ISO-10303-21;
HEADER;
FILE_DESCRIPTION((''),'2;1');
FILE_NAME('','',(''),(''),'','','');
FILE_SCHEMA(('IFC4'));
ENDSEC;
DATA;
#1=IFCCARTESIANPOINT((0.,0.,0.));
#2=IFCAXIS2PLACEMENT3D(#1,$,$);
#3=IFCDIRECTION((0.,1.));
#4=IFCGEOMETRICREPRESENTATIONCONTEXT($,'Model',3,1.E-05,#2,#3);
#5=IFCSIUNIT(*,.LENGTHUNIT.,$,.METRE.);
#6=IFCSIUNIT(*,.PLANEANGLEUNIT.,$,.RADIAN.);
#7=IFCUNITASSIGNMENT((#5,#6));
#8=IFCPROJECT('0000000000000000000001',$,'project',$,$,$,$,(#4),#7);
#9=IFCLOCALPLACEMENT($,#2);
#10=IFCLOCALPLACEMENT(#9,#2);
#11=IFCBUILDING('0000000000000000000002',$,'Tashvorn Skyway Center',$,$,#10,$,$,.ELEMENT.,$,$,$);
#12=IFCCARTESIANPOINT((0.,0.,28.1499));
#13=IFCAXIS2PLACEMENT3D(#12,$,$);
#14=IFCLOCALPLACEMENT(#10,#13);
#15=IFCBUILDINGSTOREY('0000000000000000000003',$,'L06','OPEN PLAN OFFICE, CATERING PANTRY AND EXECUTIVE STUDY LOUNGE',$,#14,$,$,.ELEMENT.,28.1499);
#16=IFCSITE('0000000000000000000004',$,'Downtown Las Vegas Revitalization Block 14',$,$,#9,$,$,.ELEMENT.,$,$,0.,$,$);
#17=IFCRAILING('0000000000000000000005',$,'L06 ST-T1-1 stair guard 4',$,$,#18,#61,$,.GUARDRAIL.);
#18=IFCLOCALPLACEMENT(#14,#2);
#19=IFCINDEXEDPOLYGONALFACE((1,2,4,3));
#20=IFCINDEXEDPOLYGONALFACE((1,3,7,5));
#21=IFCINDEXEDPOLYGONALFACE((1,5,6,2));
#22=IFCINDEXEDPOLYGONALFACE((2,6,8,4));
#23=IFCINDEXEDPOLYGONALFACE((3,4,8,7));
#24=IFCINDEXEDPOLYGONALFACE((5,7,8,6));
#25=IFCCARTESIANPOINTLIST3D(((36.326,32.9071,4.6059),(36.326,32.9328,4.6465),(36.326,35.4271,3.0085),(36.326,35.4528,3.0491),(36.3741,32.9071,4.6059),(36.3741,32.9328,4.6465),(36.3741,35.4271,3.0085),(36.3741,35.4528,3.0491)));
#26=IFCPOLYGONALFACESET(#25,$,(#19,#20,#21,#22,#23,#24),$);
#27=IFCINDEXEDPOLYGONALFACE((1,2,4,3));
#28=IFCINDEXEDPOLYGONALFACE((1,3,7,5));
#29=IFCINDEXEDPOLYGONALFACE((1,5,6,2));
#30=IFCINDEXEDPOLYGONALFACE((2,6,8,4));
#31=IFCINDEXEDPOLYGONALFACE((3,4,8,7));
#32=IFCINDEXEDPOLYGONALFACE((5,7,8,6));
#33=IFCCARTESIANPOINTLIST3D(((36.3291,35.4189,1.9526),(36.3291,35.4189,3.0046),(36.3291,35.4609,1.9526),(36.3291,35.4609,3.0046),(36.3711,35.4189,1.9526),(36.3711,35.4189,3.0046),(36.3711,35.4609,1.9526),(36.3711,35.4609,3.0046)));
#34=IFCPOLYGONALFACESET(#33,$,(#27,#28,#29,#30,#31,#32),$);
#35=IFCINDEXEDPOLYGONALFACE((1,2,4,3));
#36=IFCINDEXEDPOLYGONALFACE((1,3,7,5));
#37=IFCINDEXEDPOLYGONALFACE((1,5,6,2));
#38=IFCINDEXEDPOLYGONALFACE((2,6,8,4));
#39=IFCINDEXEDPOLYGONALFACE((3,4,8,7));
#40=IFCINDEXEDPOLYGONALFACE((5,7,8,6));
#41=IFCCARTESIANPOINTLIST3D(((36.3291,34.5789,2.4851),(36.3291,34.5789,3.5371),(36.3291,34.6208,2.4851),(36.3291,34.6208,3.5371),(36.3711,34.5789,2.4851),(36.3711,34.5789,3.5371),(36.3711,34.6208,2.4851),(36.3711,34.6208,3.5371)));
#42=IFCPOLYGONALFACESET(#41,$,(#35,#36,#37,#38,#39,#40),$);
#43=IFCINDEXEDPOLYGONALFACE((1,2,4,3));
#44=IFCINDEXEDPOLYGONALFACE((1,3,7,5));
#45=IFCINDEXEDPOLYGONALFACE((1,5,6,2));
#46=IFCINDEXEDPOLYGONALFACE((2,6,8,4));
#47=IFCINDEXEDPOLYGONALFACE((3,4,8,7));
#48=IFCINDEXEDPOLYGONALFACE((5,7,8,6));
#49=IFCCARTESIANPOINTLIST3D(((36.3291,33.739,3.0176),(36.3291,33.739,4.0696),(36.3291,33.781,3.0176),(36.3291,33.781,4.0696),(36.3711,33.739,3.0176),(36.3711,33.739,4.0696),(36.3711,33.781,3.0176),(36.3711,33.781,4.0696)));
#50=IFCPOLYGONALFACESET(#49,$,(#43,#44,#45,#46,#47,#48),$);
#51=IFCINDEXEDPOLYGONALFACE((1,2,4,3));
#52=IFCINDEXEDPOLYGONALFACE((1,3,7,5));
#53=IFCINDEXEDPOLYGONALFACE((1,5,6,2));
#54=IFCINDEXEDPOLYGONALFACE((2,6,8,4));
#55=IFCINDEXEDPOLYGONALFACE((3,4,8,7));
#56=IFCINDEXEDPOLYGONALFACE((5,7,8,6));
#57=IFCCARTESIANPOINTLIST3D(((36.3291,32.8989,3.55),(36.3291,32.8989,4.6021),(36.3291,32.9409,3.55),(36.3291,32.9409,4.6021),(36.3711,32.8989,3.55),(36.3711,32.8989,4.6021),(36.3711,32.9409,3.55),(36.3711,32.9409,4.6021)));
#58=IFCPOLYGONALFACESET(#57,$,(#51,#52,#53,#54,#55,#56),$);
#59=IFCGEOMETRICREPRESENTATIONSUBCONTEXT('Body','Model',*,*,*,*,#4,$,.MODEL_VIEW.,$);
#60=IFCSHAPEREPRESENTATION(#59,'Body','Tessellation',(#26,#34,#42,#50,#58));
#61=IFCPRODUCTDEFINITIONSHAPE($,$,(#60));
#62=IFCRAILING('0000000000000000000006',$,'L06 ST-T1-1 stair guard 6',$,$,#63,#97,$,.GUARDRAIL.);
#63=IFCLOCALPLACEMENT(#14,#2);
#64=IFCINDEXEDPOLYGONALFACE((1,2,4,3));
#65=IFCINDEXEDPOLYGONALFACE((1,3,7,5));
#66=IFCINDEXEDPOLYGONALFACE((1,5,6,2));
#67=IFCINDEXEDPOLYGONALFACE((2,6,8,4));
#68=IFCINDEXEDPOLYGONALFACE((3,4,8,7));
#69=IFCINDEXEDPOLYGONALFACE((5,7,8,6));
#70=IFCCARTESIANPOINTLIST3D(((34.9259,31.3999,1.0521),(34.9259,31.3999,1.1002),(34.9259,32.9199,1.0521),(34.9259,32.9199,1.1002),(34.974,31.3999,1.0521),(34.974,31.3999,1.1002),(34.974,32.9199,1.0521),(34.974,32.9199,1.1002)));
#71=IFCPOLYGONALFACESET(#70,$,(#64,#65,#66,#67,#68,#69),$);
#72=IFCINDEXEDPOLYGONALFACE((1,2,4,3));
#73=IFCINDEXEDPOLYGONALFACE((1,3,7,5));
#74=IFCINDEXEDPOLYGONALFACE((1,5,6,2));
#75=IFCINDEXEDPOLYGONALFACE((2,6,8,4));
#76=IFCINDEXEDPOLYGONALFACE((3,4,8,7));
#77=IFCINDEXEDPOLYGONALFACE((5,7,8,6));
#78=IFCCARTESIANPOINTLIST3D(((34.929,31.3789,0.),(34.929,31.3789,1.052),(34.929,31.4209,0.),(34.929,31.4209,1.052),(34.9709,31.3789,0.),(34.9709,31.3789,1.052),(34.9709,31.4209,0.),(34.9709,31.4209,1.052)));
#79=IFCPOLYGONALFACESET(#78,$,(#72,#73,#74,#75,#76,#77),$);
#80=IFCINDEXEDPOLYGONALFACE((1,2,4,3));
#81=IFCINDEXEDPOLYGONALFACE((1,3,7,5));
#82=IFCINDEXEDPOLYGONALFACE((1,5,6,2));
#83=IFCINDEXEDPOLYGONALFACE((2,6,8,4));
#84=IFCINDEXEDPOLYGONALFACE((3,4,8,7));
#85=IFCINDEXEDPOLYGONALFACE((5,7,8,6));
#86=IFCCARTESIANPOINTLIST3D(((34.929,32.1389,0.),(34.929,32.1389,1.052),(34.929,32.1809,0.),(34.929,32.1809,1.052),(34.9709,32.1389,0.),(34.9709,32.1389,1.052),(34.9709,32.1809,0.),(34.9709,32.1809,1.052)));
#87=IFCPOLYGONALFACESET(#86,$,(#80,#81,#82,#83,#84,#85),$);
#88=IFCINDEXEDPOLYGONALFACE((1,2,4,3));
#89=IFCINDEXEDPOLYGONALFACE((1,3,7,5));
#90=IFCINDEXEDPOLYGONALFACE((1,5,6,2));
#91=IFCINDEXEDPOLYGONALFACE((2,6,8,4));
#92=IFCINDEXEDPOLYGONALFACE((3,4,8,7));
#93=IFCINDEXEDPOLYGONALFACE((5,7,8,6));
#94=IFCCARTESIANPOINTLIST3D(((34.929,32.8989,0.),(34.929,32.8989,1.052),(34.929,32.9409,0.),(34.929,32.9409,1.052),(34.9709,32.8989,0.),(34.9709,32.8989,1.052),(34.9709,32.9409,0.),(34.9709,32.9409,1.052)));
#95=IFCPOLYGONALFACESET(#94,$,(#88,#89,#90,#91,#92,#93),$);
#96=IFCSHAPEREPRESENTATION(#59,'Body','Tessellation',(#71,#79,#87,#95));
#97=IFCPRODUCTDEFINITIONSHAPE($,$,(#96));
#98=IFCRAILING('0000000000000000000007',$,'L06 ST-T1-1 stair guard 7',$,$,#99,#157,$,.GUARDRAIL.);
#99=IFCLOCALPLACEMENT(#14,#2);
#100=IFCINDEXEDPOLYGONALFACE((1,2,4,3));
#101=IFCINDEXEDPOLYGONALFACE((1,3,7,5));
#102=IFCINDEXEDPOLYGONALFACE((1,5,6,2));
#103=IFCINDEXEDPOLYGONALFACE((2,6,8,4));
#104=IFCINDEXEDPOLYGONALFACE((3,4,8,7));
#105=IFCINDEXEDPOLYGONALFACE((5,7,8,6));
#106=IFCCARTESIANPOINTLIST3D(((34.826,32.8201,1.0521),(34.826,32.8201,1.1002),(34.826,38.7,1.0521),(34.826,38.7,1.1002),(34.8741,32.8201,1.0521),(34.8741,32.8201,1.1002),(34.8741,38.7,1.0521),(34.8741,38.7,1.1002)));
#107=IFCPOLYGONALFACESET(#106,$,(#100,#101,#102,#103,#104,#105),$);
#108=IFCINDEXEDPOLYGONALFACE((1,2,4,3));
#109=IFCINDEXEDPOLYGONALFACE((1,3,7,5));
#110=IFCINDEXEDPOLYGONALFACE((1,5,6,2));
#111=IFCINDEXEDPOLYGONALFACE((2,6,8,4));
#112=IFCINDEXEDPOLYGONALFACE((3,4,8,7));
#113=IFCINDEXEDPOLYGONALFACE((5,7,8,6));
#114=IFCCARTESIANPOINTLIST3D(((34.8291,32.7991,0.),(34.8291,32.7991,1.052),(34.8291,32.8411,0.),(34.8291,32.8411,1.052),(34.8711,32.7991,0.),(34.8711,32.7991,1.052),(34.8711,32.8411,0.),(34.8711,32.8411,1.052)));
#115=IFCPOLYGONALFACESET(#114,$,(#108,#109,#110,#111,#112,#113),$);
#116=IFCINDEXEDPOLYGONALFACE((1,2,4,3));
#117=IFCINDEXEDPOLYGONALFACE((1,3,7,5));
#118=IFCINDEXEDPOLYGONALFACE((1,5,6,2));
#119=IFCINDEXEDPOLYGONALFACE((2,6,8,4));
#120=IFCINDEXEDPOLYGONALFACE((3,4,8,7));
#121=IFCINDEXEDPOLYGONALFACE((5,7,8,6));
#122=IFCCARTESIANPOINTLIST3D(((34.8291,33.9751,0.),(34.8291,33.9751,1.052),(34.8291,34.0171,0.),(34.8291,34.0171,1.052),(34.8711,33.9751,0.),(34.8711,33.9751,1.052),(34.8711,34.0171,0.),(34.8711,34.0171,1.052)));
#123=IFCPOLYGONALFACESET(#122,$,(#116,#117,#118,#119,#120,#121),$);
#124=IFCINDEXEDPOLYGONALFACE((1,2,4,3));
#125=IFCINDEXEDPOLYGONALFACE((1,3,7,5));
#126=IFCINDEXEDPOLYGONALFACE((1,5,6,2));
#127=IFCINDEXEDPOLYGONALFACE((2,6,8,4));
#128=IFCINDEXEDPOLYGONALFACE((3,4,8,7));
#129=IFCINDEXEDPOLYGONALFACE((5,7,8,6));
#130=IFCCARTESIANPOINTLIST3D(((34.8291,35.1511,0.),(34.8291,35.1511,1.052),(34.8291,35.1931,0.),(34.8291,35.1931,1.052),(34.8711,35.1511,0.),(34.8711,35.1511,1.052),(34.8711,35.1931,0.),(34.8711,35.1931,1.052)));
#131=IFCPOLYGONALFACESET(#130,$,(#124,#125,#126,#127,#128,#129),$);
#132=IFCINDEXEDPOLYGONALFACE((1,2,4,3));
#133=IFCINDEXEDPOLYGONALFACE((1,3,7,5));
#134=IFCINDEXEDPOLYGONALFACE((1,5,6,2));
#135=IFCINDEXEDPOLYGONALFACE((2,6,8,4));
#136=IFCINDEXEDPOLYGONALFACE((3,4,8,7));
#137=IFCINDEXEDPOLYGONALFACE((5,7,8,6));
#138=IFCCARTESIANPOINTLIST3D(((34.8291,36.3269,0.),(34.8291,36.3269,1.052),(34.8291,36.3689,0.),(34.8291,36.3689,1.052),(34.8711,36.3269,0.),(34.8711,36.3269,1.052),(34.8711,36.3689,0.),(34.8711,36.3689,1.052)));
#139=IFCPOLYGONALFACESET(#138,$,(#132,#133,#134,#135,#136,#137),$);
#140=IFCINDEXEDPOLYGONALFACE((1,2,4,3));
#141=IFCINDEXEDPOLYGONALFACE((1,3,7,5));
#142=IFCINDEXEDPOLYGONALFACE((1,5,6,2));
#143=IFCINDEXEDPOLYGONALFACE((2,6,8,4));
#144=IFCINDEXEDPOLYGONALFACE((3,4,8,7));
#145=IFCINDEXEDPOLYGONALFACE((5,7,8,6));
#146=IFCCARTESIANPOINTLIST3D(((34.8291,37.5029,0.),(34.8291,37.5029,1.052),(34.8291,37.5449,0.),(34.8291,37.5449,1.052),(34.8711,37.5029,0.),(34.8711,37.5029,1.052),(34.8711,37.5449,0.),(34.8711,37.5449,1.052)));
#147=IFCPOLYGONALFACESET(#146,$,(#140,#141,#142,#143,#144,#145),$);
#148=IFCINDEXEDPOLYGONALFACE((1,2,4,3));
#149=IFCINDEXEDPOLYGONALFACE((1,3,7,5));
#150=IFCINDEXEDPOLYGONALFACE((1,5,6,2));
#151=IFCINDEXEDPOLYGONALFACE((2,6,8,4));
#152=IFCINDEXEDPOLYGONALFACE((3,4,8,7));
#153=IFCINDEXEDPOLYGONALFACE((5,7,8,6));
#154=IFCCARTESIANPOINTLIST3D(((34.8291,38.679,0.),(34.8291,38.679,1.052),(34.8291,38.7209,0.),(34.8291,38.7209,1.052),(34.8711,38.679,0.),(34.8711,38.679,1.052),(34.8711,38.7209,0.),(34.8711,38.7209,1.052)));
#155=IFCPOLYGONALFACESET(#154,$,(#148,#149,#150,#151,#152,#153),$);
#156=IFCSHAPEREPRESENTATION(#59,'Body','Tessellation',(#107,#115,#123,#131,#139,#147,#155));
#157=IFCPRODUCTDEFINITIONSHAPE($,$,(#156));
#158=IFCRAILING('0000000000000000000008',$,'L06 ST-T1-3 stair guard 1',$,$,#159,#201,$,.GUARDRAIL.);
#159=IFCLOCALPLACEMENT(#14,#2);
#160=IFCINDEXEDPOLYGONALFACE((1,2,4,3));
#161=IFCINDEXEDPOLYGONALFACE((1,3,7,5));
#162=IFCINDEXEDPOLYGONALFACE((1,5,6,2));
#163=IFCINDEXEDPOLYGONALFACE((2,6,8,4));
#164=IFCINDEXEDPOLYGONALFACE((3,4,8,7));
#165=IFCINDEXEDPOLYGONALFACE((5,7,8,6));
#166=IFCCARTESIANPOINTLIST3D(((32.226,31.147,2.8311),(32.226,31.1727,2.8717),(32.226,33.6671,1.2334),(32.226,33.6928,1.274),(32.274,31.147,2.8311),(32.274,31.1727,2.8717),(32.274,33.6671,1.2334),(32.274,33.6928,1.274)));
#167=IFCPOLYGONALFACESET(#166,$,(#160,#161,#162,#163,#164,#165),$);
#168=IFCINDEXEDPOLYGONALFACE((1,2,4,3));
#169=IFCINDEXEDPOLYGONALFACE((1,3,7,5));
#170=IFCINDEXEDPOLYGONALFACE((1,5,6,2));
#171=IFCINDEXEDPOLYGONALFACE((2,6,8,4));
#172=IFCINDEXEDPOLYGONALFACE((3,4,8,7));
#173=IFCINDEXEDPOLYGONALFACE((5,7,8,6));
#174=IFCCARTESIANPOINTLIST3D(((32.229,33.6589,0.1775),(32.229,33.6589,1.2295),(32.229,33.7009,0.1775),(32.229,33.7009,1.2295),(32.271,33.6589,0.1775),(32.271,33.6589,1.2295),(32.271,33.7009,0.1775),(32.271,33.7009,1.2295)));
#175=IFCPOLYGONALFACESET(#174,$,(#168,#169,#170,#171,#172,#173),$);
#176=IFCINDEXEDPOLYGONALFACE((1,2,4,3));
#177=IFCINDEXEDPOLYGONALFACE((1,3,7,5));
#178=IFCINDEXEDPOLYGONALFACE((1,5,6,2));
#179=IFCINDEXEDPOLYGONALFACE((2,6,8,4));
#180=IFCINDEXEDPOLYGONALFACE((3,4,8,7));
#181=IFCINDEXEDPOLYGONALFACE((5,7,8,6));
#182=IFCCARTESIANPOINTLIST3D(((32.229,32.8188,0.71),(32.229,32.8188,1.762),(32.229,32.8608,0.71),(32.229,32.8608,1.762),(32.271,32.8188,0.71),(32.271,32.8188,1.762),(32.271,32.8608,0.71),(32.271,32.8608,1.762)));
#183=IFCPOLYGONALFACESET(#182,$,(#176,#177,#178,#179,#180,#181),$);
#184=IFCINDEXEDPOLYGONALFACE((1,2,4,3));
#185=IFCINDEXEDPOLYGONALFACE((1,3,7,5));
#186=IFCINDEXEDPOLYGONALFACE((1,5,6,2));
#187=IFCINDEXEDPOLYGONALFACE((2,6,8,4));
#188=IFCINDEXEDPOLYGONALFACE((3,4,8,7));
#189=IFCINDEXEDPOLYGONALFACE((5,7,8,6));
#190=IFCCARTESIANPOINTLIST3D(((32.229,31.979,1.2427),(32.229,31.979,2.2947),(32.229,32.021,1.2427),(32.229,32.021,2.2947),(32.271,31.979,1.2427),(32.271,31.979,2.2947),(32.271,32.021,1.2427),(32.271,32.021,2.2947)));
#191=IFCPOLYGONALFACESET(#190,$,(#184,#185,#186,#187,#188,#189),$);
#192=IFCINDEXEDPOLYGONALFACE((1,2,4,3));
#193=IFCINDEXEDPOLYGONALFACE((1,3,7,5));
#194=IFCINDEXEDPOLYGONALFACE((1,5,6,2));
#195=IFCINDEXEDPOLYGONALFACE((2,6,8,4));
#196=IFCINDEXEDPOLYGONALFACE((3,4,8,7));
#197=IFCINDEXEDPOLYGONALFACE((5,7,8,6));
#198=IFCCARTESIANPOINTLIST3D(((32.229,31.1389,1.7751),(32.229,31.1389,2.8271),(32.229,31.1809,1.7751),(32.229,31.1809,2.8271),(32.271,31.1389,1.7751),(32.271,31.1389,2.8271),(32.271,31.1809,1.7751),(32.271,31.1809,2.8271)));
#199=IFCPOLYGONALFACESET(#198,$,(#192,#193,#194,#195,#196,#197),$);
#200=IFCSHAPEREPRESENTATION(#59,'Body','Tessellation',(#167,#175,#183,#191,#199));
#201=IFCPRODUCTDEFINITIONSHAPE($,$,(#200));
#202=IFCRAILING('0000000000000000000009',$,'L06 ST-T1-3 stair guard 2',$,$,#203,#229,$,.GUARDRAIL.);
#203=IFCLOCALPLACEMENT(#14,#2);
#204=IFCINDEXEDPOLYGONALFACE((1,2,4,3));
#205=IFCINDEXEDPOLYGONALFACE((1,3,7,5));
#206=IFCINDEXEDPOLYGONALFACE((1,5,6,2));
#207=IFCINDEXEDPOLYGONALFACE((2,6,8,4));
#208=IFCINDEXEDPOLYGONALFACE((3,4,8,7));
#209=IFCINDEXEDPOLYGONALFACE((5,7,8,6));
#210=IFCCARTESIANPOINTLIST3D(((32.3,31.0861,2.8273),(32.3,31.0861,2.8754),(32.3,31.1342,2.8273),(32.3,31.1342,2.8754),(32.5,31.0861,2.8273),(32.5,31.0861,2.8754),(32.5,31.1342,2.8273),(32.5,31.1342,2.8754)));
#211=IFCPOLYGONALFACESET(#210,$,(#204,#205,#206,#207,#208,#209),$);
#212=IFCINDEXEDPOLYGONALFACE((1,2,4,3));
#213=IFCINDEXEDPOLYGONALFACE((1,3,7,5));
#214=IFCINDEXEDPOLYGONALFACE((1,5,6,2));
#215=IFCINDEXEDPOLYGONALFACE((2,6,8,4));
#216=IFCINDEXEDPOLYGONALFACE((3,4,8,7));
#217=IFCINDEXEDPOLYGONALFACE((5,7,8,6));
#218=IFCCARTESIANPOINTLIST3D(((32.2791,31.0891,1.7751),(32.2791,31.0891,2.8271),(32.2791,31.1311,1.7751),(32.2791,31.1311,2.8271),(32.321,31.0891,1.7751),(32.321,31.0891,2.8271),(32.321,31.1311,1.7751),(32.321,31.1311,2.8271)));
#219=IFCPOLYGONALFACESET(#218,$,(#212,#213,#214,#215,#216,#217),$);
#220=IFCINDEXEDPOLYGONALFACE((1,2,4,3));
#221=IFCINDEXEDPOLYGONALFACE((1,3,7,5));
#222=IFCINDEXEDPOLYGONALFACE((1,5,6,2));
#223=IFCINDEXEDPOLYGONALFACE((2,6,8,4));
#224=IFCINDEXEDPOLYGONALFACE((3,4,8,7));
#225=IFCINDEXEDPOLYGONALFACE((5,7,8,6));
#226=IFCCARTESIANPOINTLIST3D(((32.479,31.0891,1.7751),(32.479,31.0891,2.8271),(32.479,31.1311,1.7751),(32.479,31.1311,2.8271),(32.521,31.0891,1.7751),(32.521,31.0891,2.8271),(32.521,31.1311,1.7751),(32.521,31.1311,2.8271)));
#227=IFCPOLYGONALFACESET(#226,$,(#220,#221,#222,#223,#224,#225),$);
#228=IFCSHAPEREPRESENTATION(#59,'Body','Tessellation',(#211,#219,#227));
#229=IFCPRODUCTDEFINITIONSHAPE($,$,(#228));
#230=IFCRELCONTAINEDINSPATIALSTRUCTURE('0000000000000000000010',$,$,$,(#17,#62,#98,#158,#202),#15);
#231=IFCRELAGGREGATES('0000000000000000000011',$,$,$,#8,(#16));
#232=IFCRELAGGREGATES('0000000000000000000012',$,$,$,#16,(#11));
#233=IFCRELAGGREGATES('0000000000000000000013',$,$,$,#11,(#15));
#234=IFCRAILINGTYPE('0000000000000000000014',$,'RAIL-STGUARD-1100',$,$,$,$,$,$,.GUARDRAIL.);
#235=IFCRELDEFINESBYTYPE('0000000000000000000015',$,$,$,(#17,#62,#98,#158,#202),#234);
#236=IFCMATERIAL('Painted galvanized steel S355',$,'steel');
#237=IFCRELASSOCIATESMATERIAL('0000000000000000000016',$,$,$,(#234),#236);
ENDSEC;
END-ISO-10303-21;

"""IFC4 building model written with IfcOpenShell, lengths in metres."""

from ifc_helpers import new_model, si_unit, direction, frame, origin, origin_2d, place, context, subcontext, project, spatial, rectangle, extrude, material, type_object, element, save


model = new_model("IFC4")

# Units and contexts
model_context = context("Model", 3, precision=1e-05, world=origin(), true_north=direction((0.0, 1.0)))
body_context = subcontext(model_context, "Body", "Model", "MODEL_VIEW")
ifc_project = project(units=[si_unit("LENGTHUNIT", "METRE"), si_unit("PLANEANGLEUNIT", "RADIAN")], contexts=[model_context])

# Site, building, storey
site_placement = place(None, origin())
site = spatial("IfcSite", under=ifc_project, at=site_placement, Name="Downtown Las Vegas Revitalization Block 14", CompositionType="ELEMENT", RefElevation=0.0)
building_placement = place(site_placement, origin())
building = spatial("IfcBuilding", under=site, at=building_placement, Name="Tashvorn Skyway Center", CompositionType="ELEMENT")
storey_placement = place(building_placement, frame((0.0, 0.0, 28.1499)))
storey = spatial("IfcBuildingStorey", under=building, at=storey_placement, Name="L06", Description="OPEN PLAN OFFICE, CATERING PANTRY AND EXECUTIVE STUDY LOUNGE", CompositionType="ELEMENT", Elevation=28.1499)

# Railings
ifc_material_1 = material(Name="Painted galvanized steel S355", Category="steel")
railing_type_1 = type_object("IfcRailingType", Name="RAIL-STGUARD-1100", PredefinedType="GUARDRAIL", material=ifc_material_1)
railing_1_placement = place(storey_placement, frame((36.3501, 35.4399, 1.9526)))
element("IfcRailing", 1, at=railing_1_placement, inside=storey, type_object=railing_type_1, Name="L06 ST-T1-1 stair guard 4", PredefinedType="GUARDRAIL", context=body_context, shape_type="SweptSolid", body=[
    extrude(rectangle(XDim=0.0481, YDim=0.0481, at=origin_2d()), frame((0.0, 0.0, 1.0762), z_axis=(0.0, -0.844607, 0.535387), x_axis=(1.0, 0.0, 0.0)), (0.0, 0.0, 1.0), 2.9836),
    extrude(rectangle(XDim=0.042, YDim=0.042, at=origin_2d()), origin(), (0.0, 0.0, 1.0), 1.052),
    extrude(rectangle(XDim=0.042, YDim=0.042, at=origin_2d()), frame((0.0, -0.8401, 0.5325)), (0.0, 0.0, 1.0), 1.052),
    extrude(rectangle(XDim=0.042, YDim=0.042, at=origin_2d()), frame((0.0, -1.6799, 1.0649)), (0.0, 0.0, 1.0), 1.052),
    extrude(rectangle(XDim=0.042, YDim=0.042, at=origin_2d()), frame((0.0, -2.52, 1.5974)), (0.0, 0.0, 1.0), 1.052),
])
railing_2_placement = place(storey_placement, frame((34.95, 31.3999, 0.0)))
element("IfcRailing", 2, at=railing_2_placement, inside=storey, type_object=railing_type_1, Name="L06 ST-T1-1 stair guard 6", PredefinedType="GUARDRAIL", context=body_context, shape_type="SweptSolid", body=[
    extrude(rectangle(XDim=0.0481, YDim=0.0481, at=origin_2d()), frame((0.0, 0.0, 1.0762), z_axis=(0.0, 1.0, 0.0), x_axis=(-1.0, 0.0, 0.0)), (0.0, 0.0, 1.0), 1.52),
    extrude(rectangle(XDim=0.042, YDim=0.042, at=origin_2d()), origin(), (0.0, 0.0, 1.0), 1.052),
    extrude(rectangle(XDim=0.042, YDim=0.042, at=origin_2d()), frame((0.0, 0.76, 0.0)), (0.0, 0.0, 1.0), 1.052),
    extrude(rectangle(XDim=0.042, YDim=0.042, at=origin_2d()), frame((0.0, 1.52, 0.0)), (0.0, 0.0, 1.0), 1.052),
])
railing_3_placement = place(storey_placement, frame((34.8501, 32.8201, 0.0)))
element("IfcRailing", 3, at=railing_3_placement, inside=storey, type_object=railing_type_1, Name="L06 ST-T1-1 stair guard 7", PredefinedType="GUARDRAIL", context=body_context, shape_type="SweptSolid", body=[
    extrude(rectangle(XDim=0.0481, YDim=0.0481, at=origin_2d()), frame((0.0, 0.0, 1.0762), z_axis=(0.0, 1.0, 0.0), x_axis=(-1.0, 0.0, 0.0)), (0.0, 0.0, 1.0), 5.8799),
    extrude(rectangle(XDim=0.042, YDim=0.042, at=origin_2d()), origin(), (0.0, 0.0, 1.0), 1.052),
    extrude(rectangle(XDim=0.042, YDim=0.042, at=origin_2d()), frame((0.0, 1.176, 0.0)), (0.0, 0.0, 1.0), 1.052),
    extrude(rectangle(XDim=0.042, YDim=0.042, at=origin_2d()), frame((0.0, 2.3521, 0.0)), (0.0, 0.0, 1.0), 1.052),
    extrude(rectangle(XDim=0.042, YDim=0.042, at=origin_2d()), frame((0.0, 3.5278, 0.0)), (0.0, 0.0, 1.0), 1.052),
    extrude(rectangle(XDim=0.042, YDim=0.042, at=origin_2d()), frame((0.0, 4.7039, 0.0)), (0.0, 0.0, 1.0), 1.052),
    extrude(rectangle(XDim=0.042, YDim=0.042, at=origin_2d()), frame((0.0, 5.8799, 0.0)), (0.0, 0.0, 1.0), 1.052),
])
railing_4_placement = place(storey_placement, frame((32.25, 33.6799, 0.1775)))
element("IfcRailing", 4, at=railing_4_placement, inside=storey, type_object=railing_type_1, Name="L06 ST-T1-3 stair guard 1", PredefinedType="GUARDRAIL", context=body_context, shape_type="SweptSolid", body=[
    extrude(rectangle(XDim=0.0481, YDim=0.0481, at=origin_2d()), frame((0.0, 0.0, 1.0762), z_axis=(0.0, -0.84457, 0.535445), x_axis=(1.0, 0.0, 0.0)), (0.0, 0.0, 1.0), 2.9839),
    extrude(rectangle(XDim=0.042, YDim=0.042, at=origin_2d()), origin(), (0.0, 0.0, 1.0), 1.052),
    extrude(rectangle(XDim=0.042, YDim=0.042, at=origin_2d()), frame((0.0, -0.8401, 0.5325)), (0.0, 0.0, 1.0), 1.052),
    extrude(rectangle(XDim=0.042, YDim=0.042, at=origin_2d()), frame((0.0, -1.6799, 1.0652)), (0.0, 0.0, 1.0), 1.052),
    extrude(rectangle(XDim=0.042, YDim=0.042, at=origin_2d()), frame((0.0, -2.52, 1.5977)), (0.0, 0.0, 1.0), 1.052),
])
railing_5_placement = place(storey_placement, frame((32.3, 31.1101, 1.7751)))
element("IfcRailing", 5, at=railing_5_placement, inside=storey, type_object=railing_type_1, Name="L06 ST-T1-3 stair guard 2", PredefinedType="GUARDRAIL", context=body_context, shape_type="SweptSolid", body=[
    extrude(rectangle(XDim=0.0481, YDim=0.0481, at=origin_2d()), frame((0.0, 0.0, 1.0762), z_axis=(1.0, 0.0, 0.0), x_axis=(0.0, 1.0, 0.0)), (0.0, 0.0, 1.0), 0.2),
    extrude(rectangle(XDim=0.042, YDim=0.042, at=origin_2d()), origin(), (0.0, 0.0, 1.0), 1.052),
    extrude(rectangle(XDim=0.042, YDim=0.042, at=origin_2d()), frame((0.2, 0.0, 0.0)), (0.0, 0.0, 1.0), 1.052),
])

save(model, "model.ifc")
